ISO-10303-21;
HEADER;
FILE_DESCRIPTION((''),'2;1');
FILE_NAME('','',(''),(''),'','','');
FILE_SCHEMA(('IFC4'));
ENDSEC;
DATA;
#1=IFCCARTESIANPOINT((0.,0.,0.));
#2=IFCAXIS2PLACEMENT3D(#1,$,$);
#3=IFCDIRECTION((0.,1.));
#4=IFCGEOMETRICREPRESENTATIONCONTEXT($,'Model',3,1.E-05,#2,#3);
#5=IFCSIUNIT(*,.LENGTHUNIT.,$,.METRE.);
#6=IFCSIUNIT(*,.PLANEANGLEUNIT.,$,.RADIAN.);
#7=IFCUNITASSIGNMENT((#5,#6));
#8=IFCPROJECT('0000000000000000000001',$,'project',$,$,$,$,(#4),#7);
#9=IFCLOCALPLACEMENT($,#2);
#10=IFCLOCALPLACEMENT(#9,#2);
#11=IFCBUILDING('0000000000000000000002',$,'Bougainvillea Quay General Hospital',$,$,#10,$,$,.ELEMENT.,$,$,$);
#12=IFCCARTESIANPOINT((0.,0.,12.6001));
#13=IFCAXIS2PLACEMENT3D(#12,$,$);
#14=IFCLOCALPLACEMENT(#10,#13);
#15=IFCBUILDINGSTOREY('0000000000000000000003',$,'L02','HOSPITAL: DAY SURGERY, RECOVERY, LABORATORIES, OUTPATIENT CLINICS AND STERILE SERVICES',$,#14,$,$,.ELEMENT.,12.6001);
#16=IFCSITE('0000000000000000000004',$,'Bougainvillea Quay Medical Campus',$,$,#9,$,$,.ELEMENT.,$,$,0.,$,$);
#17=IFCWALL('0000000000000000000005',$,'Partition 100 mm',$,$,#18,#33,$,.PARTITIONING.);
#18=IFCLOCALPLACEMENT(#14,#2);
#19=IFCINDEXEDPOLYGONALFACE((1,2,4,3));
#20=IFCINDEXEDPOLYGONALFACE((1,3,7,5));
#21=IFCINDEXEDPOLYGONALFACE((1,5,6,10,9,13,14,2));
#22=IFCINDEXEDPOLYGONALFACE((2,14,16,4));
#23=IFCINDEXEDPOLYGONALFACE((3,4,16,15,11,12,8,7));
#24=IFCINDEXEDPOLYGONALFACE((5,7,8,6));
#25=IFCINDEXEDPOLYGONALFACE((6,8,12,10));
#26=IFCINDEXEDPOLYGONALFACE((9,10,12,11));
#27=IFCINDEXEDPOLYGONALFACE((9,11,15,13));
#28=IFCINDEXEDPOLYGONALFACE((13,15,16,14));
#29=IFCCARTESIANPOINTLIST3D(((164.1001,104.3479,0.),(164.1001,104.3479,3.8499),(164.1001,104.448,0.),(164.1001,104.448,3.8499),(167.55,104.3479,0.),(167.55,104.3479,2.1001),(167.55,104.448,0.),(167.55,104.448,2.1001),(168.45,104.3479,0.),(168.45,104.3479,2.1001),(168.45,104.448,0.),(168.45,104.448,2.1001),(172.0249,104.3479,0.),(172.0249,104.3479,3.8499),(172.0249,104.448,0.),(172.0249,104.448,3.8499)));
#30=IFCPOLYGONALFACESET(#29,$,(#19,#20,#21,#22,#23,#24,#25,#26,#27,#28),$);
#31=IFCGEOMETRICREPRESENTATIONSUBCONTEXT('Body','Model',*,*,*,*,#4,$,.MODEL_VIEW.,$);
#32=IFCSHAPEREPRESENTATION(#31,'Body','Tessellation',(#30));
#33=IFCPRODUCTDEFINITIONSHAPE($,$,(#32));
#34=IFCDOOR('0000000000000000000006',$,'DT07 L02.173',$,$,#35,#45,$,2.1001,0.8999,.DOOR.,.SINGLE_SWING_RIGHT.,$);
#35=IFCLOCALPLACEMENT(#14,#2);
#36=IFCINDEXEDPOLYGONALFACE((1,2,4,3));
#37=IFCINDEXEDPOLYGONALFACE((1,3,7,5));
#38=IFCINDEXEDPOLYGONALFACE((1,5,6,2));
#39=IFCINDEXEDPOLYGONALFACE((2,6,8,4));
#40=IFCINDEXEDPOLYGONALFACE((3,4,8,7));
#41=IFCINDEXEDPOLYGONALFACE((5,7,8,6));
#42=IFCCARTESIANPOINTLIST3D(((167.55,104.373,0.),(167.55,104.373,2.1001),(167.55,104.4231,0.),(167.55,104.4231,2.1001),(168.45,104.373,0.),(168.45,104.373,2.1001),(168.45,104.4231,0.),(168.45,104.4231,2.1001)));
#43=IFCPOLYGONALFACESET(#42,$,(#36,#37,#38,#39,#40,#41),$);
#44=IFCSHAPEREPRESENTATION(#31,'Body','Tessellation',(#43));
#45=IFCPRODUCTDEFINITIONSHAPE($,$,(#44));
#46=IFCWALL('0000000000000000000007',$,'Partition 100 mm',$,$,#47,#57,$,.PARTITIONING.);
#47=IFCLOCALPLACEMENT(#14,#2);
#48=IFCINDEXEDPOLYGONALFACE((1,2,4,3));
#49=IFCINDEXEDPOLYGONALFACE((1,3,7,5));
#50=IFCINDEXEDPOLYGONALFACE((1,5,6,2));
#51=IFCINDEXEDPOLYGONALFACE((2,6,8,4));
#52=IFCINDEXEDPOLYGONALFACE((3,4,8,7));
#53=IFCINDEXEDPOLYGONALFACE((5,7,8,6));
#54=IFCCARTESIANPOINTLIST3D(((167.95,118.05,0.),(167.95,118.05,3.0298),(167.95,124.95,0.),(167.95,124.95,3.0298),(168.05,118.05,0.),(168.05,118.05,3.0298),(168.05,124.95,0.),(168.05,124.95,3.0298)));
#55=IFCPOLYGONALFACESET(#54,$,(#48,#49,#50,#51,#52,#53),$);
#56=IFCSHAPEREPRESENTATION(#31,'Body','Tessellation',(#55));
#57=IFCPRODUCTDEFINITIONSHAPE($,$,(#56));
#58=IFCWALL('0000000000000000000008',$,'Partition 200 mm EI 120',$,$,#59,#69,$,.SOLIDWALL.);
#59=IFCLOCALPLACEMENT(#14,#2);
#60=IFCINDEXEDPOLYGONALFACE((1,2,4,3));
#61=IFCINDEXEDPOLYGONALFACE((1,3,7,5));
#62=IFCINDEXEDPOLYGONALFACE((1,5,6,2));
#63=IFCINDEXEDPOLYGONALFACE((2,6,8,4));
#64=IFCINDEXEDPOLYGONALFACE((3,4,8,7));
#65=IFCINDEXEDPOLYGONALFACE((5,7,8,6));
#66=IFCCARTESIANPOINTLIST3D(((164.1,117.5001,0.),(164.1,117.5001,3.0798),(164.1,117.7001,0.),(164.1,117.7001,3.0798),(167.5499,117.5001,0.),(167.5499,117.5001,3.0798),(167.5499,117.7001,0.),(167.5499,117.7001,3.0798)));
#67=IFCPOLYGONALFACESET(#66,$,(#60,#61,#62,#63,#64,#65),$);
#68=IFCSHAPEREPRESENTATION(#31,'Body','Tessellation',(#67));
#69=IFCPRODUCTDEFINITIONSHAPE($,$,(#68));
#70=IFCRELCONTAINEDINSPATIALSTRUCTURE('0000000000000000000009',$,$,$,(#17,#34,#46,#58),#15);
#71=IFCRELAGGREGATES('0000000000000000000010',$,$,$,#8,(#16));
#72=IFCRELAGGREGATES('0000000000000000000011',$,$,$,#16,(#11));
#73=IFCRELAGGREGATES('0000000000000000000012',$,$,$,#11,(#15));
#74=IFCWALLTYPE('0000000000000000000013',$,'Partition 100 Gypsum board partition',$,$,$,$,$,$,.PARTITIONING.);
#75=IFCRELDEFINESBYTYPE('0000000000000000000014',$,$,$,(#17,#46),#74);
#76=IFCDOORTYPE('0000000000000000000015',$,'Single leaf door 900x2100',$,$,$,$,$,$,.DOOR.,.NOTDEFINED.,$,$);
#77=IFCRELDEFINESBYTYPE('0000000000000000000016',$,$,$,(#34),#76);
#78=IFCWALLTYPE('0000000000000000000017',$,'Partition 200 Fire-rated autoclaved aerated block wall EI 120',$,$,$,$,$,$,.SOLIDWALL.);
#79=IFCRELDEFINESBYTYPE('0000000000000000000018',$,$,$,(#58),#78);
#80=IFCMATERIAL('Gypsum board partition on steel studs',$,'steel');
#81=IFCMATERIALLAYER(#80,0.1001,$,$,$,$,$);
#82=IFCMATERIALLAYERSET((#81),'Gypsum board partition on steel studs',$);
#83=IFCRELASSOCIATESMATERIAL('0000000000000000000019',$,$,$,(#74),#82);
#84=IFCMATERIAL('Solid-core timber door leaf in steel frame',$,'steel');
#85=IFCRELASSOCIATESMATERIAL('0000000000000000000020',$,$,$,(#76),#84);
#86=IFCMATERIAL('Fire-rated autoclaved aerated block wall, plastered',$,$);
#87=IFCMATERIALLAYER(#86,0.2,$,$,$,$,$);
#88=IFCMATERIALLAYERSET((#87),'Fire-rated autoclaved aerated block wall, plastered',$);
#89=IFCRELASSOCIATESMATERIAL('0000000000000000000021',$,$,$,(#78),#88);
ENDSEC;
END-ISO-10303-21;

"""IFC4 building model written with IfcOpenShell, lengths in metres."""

from ifc_helpers import new_model, si_unit, direction, frame, frame_2d, origin, place, context, subcontext, project, spatial, rectangle, extrude, material, layer, layer_set, type_object, element, fill, save


model = new_model("IFC4")

# Units and contexts
model_context = context("Model", 3, precision=1e-05, world=origin(), true_north=direction((0.0, 1.0)))
body_context = subcontext(model_context, "Body", "Model", "MODEL_VIEW")
ifc_project = project(units=[si_unit("LENGTHUNIT", "METRE"), si_unit("PLANEANGLEUNIT", "RADIAN")], contexts=[model_context])

# Site, building, storey
site_placement = place(None, origin())
site = spatial("IfcSite", under=ifc_project, at=site_placement, Name="Bougainvillea Quay Medical Campus", CompositionType="ELEMENT", RefElevation=0.0)
building_placement = place(site_placement, origin())
building = spatial("IfcBuilding", under=site, at=building_placement, Name="Bougainvillea Quay General Hospital", CompositionType="ELEMENT")
storey_placement = place(building_placement, frame((0.0, 0.0, 12.6001)))
storey = spatial("IfcBuildingStorey", under=building, at=storey_placement, Name="L02", Description="HOSPITAL: DAY SURGERY, RECOVERY, LABORATORIES, OUTPATIENT CLINICS AND STERILE SERVICES", CompositionType="ELEMENT", Elevation=12.6001)

# Shared definitions
ifc_material_1 = material(Name="Gypsum board partition on steel studs", Category="steel")
ifc_layer_1 = layer(ifc_material_1, 0.1001)
ifc_layer_set_1 = layer_set([ifc_layer_1], Name="Gypsum board partition on steel studs")
wall_type_1 = type_object("IfcWallType", Name="Partition 100 Gypsum board partition", PredefinedType="PARTITIONING", material=ifc_layer_set_1)

# Wall, opening, door
wall_1_placement = place(storey_placement, frame((164.1001, 104.3979, 0.0), z_axis=(0.0, 0.0, 1.0), x_axis=(1.0, 0.0, 0.0)))
wall_1 = element("IfcWall", 1, at=wall_1_placement, inside=storey, type_object=wall_type_1, Name="Partition 100 mm", PredefinedType="PARTITIONING", context=body_context, shape_type="SweptSolid", body=[
    extrude(rectangle(XDim=7.9248, YDim=0.1001, at=frame_2d((3.9624, 0.0))), origin(), (0.0, 0.0, 1.0), 3.8499),
])
opening_1_placement = place(wall_1_placement, frame((3.45, 0.0, 0.0)))
opening_1 = element("IfcOpeningElement", 2, at=opening_1_placement, cuts=wall_1, PredefinedType="OPENING", context=body_context, shape_type="SweptSolid", body=[
    extrude(rectangle(XDim=0.8999, YDim=2.1001, at=frame_2d((0.45, 1.05))), frame((0.0, 0.0601, 0.0), z_axis=(0.0, -1.0, 0.0), x_axis=(1.0, 0.0, 0.0)), (0.0, 0.0, 1.0), 0.1201),
])
ifc_material_2 = material(Name="Solid-core timber door leaf in steel frame", Category="steel")
door_type = type_object("IfcDoorType", Name="Single leaf door 900x2100", OperationType="NOTDEFINED", PredefinedType="DOOR", material=ifc_material_2)
door_placement = place(opening_1_placement, frame((0.8999, 0.0, 0.0), z_axis=(0.0, 0.0, 1.0), x_axis=(-1.0, 0.0, 0.0)))
door = element("IfcDoor", 3, at=door_placement, inside=storey, type_object=door_type, Name="DT07 L02.173", OperationType="SINGLE_SWING_RIGHT", OverallHeight=2.1001, OverallWidth=0.8999, PredefinedType="DOOR", context=body_context, shape_type="SweptSolid", body=[
    extrude(rectangle(XDim=0.8999, YDim=2.1001, at=frame_2d((0.45, 1.05))), frame((0.0, 0.0249, 0.0), z_axis=(0.0, -1.0, 0.0), x_axis=(1.0, 0.0, 0.0)), (0.0, 0.0, 1.0), 0.05),
])
fill(opening_1, door)

# Walls
wall_2_placement = place(storey_placement, frame((168.0, 118.05, 0.0), z_axis=(0.0, 0.0, 1.0), x_axis=(0.0, 1.0, 0.0)))
element("IfcWall", 4, at=wall_2_placement, inside=storey, type_object=wall_type_1, Name="Partition 100 mm", PredefinedType="PARTITIONING", context=body_context, shape_type="SweptSolid", body=[
    extrude(rectangle(XDim=6.8999, YDim=0.1001, at=frame_2d((3.45, 0.0))), origin(), (0.0, 0.0, 1.0), 3.0298),
])
ifc_material_3 = material(Name="Fire-rated autoclaved aerated block wall, plastered")
ifc_layer_2 = layer(ifc_material_3, 0.2)
ifc_layer_set_2 = layer_set([ifc_layer_2], Name="Fire-rated autoclaved aerated block wall, plastered")
wall_type_2 = type_object("IfcWallType", Name="Partition 200 Fire-rated autoclaved aerated block wall EI 120", PredefinedType="SOLIDWALL", material=ifc_layer_set_2)
wall_3_placement = place(storey_placement, frame((167.55, 117.6001, 0.0), z_axis=(0.0, 0.0, 1.0), x_axis=(-1.0, 0.0, 0.0)))
element("IfcWall", 5, at=wall_3_placement, inside=storey, type_object=wall_type_2, Name="Partition 200 mm EI 120", PredefinedType="SOLIDWALL", context=body_context, shape_type="SweptSolid", body=[
    extrude(rectangle(XDim=3.45, YDim=0.2, at=frame_2d((1.7251, 0.0))), origin(), (0.0, 0.0, 1.0), 3.0798),
])

save(model, "model.ifc")
